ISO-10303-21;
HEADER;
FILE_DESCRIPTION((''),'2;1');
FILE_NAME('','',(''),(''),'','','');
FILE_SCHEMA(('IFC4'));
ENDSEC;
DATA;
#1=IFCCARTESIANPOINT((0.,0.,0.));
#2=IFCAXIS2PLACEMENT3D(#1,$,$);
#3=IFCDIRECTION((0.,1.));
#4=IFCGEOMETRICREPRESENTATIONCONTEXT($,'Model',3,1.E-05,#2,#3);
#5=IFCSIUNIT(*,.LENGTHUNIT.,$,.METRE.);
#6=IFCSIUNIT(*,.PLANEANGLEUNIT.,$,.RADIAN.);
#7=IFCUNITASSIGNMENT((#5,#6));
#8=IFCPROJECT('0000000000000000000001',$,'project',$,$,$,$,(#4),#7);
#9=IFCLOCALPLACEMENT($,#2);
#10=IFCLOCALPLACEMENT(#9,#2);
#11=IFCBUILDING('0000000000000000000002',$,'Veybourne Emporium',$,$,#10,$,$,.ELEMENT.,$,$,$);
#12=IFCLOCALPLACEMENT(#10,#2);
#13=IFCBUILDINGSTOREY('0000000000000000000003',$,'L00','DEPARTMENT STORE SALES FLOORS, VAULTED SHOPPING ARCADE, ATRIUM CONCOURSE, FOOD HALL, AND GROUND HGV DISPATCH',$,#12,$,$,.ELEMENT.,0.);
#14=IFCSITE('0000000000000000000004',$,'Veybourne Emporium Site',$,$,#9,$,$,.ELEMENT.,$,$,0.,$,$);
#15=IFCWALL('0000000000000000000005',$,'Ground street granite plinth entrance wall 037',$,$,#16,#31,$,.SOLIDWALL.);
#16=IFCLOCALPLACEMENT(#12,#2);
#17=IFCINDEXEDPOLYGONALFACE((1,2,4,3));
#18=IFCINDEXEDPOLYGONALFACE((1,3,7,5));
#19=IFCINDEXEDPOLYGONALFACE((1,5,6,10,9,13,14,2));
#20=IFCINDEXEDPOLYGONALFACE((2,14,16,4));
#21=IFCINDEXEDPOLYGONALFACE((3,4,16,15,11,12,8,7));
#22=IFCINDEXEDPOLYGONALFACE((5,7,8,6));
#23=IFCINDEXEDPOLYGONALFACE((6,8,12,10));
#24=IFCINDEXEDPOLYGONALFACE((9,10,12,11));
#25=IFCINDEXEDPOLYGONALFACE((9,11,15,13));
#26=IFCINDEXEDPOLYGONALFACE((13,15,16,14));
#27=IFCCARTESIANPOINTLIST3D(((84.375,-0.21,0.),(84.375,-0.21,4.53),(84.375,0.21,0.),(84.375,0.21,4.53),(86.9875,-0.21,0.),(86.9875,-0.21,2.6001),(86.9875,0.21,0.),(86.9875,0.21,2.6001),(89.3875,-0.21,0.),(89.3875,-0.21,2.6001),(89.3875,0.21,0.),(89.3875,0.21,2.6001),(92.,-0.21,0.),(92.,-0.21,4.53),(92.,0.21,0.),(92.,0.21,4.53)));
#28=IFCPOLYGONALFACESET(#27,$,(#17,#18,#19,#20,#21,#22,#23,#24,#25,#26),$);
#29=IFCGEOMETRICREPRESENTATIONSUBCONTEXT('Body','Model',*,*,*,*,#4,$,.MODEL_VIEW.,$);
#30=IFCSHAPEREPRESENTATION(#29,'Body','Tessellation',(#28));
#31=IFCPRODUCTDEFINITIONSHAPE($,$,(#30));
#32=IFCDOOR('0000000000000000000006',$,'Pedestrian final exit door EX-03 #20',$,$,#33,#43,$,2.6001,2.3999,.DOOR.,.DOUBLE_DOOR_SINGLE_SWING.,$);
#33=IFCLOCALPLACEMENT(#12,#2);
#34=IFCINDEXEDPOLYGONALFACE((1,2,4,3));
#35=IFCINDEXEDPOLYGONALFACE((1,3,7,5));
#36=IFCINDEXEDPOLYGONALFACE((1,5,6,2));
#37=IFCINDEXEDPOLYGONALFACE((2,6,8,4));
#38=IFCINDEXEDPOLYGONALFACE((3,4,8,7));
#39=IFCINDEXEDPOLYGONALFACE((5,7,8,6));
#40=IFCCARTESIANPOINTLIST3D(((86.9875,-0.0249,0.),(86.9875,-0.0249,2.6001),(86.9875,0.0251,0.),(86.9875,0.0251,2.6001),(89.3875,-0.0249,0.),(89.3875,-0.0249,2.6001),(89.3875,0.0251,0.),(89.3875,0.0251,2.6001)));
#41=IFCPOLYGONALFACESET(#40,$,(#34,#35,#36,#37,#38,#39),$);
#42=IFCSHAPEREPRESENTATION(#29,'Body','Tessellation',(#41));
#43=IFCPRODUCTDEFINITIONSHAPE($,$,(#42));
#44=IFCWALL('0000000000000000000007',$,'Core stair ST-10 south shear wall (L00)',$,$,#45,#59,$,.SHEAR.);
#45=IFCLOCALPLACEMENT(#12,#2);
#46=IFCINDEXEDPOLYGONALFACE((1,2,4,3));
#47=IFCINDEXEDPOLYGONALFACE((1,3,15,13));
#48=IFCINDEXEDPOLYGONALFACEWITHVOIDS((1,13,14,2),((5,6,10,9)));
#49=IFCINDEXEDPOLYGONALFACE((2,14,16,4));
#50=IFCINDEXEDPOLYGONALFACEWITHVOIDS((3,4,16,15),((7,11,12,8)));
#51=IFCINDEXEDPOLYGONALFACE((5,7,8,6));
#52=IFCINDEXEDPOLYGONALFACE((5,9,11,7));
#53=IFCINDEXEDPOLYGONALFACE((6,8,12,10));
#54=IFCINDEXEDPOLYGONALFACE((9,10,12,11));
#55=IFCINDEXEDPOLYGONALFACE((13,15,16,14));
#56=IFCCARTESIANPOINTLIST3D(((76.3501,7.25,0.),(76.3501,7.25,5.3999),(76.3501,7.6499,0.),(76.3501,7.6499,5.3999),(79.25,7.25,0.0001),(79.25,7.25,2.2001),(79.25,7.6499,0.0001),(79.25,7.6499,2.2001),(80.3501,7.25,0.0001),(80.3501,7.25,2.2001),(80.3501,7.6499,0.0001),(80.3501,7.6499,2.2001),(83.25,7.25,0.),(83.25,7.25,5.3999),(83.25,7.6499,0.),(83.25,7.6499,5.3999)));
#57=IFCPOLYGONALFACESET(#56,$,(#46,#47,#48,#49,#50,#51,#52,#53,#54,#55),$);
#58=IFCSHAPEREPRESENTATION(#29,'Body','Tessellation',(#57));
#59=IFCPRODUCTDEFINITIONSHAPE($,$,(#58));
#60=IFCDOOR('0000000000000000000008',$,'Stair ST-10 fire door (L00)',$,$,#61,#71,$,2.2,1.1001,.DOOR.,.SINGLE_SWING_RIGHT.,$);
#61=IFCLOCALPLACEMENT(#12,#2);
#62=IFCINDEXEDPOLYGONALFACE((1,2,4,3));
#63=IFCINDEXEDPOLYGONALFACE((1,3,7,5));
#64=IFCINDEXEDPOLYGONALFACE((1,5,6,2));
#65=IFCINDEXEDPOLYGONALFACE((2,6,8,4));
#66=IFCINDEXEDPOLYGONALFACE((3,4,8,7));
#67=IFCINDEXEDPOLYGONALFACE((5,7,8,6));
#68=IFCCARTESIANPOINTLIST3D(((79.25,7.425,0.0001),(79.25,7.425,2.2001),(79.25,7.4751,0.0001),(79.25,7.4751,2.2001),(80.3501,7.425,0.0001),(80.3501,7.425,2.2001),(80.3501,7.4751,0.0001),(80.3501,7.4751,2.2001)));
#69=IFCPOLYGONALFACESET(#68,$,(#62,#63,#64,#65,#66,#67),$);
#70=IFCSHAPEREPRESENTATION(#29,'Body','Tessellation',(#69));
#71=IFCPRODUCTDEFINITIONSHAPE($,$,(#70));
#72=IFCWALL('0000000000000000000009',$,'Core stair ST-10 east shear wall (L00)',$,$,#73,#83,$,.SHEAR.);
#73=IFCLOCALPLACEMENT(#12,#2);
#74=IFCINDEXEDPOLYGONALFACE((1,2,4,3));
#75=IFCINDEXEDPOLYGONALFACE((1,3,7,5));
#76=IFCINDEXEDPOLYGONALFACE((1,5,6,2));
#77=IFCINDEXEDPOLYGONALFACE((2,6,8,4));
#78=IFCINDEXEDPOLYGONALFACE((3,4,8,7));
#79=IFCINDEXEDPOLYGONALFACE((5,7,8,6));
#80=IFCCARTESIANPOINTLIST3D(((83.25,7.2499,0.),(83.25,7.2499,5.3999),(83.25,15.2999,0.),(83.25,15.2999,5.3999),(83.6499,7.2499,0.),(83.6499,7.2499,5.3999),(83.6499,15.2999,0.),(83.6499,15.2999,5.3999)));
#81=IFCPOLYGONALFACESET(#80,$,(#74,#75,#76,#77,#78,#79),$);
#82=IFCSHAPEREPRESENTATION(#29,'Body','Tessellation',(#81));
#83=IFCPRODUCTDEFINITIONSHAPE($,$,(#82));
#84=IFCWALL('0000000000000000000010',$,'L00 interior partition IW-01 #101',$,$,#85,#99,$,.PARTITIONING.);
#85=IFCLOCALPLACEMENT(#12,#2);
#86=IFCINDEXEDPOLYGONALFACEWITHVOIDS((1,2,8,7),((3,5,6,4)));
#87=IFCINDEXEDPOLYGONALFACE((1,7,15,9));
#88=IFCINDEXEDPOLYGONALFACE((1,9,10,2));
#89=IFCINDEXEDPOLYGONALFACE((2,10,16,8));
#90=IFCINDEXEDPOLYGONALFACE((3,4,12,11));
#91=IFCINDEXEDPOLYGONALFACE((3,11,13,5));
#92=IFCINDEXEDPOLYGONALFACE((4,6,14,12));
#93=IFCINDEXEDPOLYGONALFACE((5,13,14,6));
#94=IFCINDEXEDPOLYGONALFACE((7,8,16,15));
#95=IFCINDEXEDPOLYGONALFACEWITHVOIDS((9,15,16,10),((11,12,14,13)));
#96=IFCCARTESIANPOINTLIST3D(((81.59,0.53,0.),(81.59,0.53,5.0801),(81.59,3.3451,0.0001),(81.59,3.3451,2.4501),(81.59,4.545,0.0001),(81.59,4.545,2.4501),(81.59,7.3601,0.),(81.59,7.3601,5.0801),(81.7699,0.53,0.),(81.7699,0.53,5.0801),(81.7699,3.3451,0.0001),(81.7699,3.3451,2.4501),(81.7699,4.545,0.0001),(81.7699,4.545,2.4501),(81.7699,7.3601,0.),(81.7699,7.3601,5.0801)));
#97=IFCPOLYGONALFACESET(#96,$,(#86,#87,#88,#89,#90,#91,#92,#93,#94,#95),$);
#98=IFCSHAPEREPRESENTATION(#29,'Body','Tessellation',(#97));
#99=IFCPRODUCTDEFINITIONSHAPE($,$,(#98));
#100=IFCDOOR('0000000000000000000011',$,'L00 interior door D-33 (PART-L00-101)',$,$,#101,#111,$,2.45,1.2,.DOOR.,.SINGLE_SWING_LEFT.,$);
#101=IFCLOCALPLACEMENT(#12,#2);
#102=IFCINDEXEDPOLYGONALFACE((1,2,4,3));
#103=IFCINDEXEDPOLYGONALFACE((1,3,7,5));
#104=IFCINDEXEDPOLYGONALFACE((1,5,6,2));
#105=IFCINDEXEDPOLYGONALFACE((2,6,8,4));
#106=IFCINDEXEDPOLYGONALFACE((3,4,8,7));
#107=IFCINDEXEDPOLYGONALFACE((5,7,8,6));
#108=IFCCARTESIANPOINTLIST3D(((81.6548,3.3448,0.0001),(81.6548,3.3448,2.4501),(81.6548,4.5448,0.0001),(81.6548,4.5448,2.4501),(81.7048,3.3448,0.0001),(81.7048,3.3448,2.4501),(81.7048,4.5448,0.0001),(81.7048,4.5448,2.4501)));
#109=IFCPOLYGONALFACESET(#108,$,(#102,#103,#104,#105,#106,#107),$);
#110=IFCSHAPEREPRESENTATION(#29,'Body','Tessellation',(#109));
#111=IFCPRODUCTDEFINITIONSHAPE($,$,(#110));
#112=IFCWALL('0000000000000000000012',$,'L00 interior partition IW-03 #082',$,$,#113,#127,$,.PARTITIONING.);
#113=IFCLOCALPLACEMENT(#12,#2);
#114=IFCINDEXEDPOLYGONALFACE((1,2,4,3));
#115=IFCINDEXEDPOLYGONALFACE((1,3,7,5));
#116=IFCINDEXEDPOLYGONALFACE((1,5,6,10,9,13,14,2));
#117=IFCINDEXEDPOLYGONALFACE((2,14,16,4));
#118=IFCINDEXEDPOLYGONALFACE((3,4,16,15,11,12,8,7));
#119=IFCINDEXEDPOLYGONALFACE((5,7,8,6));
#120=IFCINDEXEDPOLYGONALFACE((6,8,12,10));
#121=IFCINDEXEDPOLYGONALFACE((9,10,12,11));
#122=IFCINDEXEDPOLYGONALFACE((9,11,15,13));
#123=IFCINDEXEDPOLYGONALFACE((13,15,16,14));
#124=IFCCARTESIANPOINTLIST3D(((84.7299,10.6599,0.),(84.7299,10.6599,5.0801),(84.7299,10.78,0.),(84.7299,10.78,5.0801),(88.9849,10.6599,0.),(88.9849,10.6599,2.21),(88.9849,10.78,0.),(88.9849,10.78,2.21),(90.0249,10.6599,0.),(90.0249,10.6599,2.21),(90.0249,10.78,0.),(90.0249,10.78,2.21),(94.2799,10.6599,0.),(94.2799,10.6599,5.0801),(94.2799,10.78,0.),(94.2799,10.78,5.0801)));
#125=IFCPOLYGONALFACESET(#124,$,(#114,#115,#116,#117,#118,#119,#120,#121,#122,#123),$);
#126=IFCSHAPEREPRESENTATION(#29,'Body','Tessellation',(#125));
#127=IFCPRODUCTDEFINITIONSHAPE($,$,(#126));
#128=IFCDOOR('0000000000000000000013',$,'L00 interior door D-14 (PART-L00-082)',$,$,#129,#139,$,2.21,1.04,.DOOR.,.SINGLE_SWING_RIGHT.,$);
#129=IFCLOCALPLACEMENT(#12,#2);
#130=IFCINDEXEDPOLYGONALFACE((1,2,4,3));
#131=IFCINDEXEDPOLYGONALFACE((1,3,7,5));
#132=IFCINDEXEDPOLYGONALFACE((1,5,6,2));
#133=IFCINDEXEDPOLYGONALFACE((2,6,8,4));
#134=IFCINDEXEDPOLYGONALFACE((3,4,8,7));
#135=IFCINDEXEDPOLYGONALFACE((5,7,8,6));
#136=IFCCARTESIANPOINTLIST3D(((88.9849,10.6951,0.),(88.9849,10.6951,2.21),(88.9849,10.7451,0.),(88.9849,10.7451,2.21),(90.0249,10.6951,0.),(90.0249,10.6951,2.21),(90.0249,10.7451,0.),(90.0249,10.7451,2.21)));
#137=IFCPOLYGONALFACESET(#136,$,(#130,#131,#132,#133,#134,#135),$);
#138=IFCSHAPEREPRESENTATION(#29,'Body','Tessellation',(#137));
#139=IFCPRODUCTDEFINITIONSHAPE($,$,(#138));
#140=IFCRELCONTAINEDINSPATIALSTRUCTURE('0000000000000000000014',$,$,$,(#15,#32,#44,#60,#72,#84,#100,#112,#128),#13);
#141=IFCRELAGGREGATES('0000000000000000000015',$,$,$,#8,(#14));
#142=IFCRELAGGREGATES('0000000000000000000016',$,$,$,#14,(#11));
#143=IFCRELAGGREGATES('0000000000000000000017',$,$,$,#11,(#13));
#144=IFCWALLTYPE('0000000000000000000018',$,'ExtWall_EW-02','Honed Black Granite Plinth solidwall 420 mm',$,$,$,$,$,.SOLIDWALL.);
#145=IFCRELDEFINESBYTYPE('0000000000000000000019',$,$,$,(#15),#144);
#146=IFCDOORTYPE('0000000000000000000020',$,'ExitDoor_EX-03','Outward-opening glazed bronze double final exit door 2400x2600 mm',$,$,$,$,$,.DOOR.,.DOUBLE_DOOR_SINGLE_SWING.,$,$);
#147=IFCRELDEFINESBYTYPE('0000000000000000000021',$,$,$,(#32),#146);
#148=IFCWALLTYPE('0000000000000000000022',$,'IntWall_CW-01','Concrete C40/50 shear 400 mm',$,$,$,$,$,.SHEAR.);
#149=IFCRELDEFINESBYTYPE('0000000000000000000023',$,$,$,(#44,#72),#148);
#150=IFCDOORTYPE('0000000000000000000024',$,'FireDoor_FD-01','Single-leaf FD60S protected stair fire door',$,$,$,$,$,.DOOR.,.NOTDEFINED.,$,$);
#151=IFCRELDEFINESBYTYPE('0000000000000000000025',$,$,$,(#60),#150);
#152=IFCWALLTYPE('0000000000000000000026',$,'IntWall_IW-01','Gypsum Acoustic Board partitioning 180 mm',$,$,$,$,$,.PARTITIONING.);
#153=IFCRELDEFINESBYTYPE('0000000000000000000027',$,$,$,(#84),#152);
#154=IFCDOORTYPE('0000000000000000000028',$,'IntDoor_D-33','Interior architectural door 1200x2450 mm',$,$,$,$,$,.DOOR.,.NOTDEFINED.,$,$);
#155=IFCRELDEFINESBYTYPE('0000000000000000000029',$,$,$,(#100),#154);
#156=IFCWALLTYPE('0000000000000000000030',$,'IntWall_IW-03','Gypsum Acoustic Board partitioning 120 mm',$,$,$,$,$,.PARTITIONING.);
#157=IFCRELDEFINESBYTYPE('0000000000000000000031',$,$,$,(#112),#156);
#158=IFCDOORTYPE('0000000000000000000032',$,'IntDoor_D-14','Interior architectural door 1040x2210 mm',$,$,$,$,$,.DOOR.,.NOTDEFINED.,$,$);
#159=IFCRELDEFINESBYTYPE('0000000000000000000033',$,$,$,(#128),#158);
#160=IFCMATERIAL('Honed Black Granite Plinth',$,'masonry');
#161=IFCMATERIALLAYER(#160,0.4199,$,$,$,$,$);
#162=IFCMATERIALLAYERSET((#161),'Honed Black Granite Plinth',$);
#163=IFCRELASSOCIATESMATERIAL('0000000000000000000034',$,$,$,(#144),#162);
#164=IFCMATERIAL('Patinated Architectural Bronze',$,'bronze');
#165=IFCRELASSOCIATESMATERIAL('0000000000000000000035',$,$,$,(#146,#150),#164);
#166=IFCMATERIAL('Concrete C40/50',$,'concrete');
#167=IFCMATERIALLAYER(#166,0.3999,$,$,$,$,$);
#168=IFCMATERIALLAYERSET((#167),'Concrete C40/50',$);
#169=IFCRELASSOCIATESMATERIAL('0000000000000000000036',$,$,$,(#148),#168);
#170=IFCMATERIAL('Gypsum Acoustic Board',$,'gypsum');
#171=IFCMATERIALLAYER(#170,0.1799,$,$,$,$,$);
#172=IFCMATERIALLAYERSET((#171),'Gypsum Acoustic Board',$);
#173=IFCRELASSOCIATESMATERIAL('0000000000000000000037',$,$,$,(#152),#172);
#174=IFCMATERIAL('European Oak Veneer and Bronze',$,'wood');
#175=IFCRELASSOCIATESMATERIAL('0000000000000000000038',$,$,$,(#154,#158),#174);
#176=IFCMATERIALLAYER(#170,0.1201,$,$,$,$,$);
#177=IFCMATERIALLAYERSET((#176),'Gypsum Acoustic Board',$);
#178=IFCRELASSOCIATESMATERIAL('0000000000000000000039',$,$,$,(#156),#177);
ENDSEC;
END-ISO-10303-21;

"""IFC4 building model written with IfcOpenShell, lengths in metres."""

from ifc_helpers import new_model, si_unit, direction, frame, frame_2d, origin, place, context, subcontext, project, spatial, rectangle, extrude, material, layer, layer_set, type_object, element, fill, save


model = new_model("IFC4")

# Units and contexts
model_context = context("Model", 3, precision=1e-05, world=origin(), true_north=direction((0.0, 1.0)))
body_context = subcontext(model_context, "Body", "Model", "MODEL_VIEW")
ifc_project = project(units=[si_unit("LENGTHUNIT", "METRE"), si_unit("PLANEANGLEUNIT", "RADIAN")], contexts=[model_context])

# Site, building, storey
site_placement = place(None, origin())
site = spatial("IfcSite", under=ifc_project, at=site_placement, Name="Veybourne Emporium Site", CompositionType="ELEMENT", RefElevation=0.0)
building_placement = place(site_placement, origin())
building = spatial("IfcBuilding", under=site, at=building_placement, Name="Veybourne Emporium", CompositionType="ELEMENT")
storey_placement = place(building_placement, origin())
storey = spatial("IfcBuildingStorey", under=building, at=storey_placement, Name="L00", Description="DEPARTMENT STORE SALES FLOORS, VAULTED SHOPPING ARCADE, ATRIUM CONCOURSE, FOOD HALL, AND GROUND HGV DISPATCH", CompositionType="ELEMENT", Elevation=0.0)

# Shared definitions
ifc_material_1 = material(Name="Concrete C40/50", Category="concrete")

# Walls, openings, doors
ifc_material_2 = material(Name="Honed Black Granite Plinth", Category="masonry")
ifc_layer_1 = layer(ifc_material_2, 0.4199)
ifc_layer_set_1 = layer_set([ifc_layer_1], Name="Honed Black Granite Plinth")
wall_type_1 = type_object("IfcWallType", Name="ExtWall_EW-02", Description="Honed Black Granite Plinth solidwall 420 mm", PredefinedType="SOLIDWALL", material=ifc_layer_set_1)
ifc_material_3 = material(Name="Patinated Architectural Bronze", Category="bronze")
wall_1_placement = place(storey_placement, frame((92.0, 0.0, 0.0), z_axis=(0.0, 0.0, 1.0), x_axis=(-1.0, 0.0, 0.0)))
wall_1 = element("IfcWall", 1, at=wall_1_placement, inside=storey, type_object=wall_type_1, Name="Ground street granite plinth entrance wall 037", PredefinedType="SOLIDWALL", context=body_context, shape_type="SweptSolid", body=[
    extrude(rectangle(XDim=7.625, YDim=0.4199, at=frame_2d((3.8125, 0.0))), origin(), (0.0, 0.0, 1.0), 4.53),
])
opening_1_placement = place(wall_1_placement, frame((2.6125, 0.0, 0.0)))
opening_1 = element("IfcOpeningElement", 2, at=opening_1_placement, cuts=wall_1, PredefinedType="OPENING", context=body_context, shape_type="SweptSolid", body=[
    extrude(rectangle(XDim=2.3999, YDim=2.6001, at=frame_2d((1.2, 1.3))), frame((0.0, 0.23, 0.0), z_axis=(0.0, -1.0, 0.0), x_axis=(1.0, 0.0, 0.0)), (0.0, 0.0, 1.0), 0.46),
])
door_type_1 = type_object("IfcDoorType", Name="ExitDoor_EX-03", Description="Outward-opening glazed bronze double final exit door 2400x2600 mm", OperationType="DOUBLE_DOOR_SINGLE_SWING", PredefinedType="DOOR", material=ifc_material_3)
door_1_placement = place(opening_1_placement, origin())
door_1 = element("IfcDoor", 3, at=door_1_placement, inside=storey, type_object=door_type_1, Name="Pedestrian final exit door EX-03 #20", OperationType="DOUBLE_DOOR_SINGLE_SWING", OverallHeight=2.6001, OverallWidth=2.3999, PredefinedType="DOOR", context=body_context, shape_type="SweptSolid", body=[
    extrude(rectangle(XDim=2.3999, YDim=2.6001, at=frame_2d((1.2, 1.3))), frame((0.0, 0.0249, 0.0), z_axis=(0.0, -1.0, 0.0), x_axis=(1.0, 0.0, 0.0)), (0.0, 0.0, 1.0), 0.05),
])
fill(opening_1, door_1)
ifc_layer_2 = layer(ifc_material_1, 0.3999)
ifc_layer_set_2 = layer_set([ifc_layer_2], Name="Concrete C40/50")
wall_type_2 = type_object("IfcWallType", Name="IntWall_CW-01", Description="Concrete C40/50 shear 400 mm", PredefinedType="SHEAR", material=ifc_layer_set_2)
wall_2_placement = place(storey_placement, frame((83.25, 7.45, 0.0), z_axis=(0.0, 0.0, 1.0), x_axis=(-1.0, 0.0, 0.0)))
wall_2 = element("IfcWall", 4, at=wall_2_placement, inside=storey, type_object=wall_type_2, Name="Core stair ST-10 south shear wall (L00)", PredefinedType="SHEAR", context=body_context, shape_type="SweptSolid", body=[
    extrude(rectangle(XDim=6.8999, YDim=0.3999, at=frame_2d((3.45, 0.0))), origin(), (0.0, 0.0, 1.0), 5.3999),
])
opening_2_placement = place(wall_2_placement, frame((2.8999, 0.0, 0.0)))
opening_2 = element("IfcOpeningElement", 5, at=opening_2_placement, cuts=wall_2, PredefinedType="OPENING", context=body_context, shape_type="SweptSolid", body=[
    extrude(rectangle(XDim=1.1001, YDim=2.2, at=frame_2d((0.55, 1.1001))), frame((0.0, 0.22, 0.0), z_axis=(0.0, -1.0, 0.0), x_axis=(1.0, 0.0, 0.0)), (0.0, 0.0, 1.0), 0.4399),
])
door_type_2 = type_object("IfcDoorType", Name="FireDoor_FD-01", Description="Single-leaf FD60S protected stair fire door", OperationType="NOTDEFINED", PredefinedType="DOOR", material=ifc_material_3)
door_2_placement = place(opening_2_placement, origin())
door_2 = element("IfcDoor", 6, at=door_2_placement, inside=storey, type_object=door_type_2, Name="Stair ST-10 fire door (L00)", OperationType="SINGLE_SWING_RIGHT", OverallHeight=2.2, OverallWidth=1.1001, PredefinedType="DOOR", context=body_context, shape_type="SweptSolid", body=[
    extrude(rectangle(XDim=1.1001, YDim=2.2, at=frame_2d((0.55, 1.1001))), frame((0.0, 0.0249, 0.0), z_axis=(0.0, -1.0, 0.0), x_axis=(1.0, 0.0, 0.0)), (0.0, 0.0, 1.0), 0.05),
])
fill(opening_2, door_2)

# Wall
wall_3_placement = place(storey_placement, frame((83.45, 7.25, 0.0), z_axis=(0.0, 0.0, 1.0), x_axis=(0.0, 1.0, 0.0)))
element("IfcWall", 7, at=wall_3_placement, inside=storey, type_object=wall_type_2, Name="Core stair ST-10 east shear wall (L00)", PredefinedType="SHEAR", context=body_context, shape_type="SweptSolid", body=[
    extrude(rectangle(XDim=8.05, YDim=0.3999, at=frame_2d((4.0249, 0.0))), origin(), (0.0, 0.0, 1.0), 5.3999),
])

# Walls, openings, doors
ifc_material_4 = material(Name="Gypsum Acoustic Board", Category="gypsum")
ifc_layer_3 = layer(ifc_material_4, 0.1799)
ifc_layer_set_3 = layer_set([ifc_layer_3], Name="Gypsum Acoustic Board")
wall_type_3 = type_object("IfcWallType", Name="IntWall_IW-01", Description="Gypsum Acoustic Board partitioning 180 mm", PredefinedType="PARTITIONING", material=ifc_layer_set_3)
wall_4_placement = place(storey_placement, frame((81.6799, 0.53, 0.0), z_axis=(0.0, 0.0, 1.0), x_axis=(0.0, 1.0, 0.0)))
wall_4 = element("IfcWall", 8, at=wall_4_placement, inside=storey, type_object=wall_type_3, Name="L00 interior partition IW-01 #101", PredefinedType="PARTITIONING", context=body_context, shape_type="SweptSolid", body=[
    extrude(rectangle(XDim=6.8301, YDim=0.1799, at=frame_2d((3.415, 0.0))), origin(), (0.0, 0.0, 1.0), 5.0801),
])
opening_3_placement = place(wall_4_placement, frame((2.8149, 0.0, 0.0)))
opening_3 = element("IfcOpeningElement", 9, at=opening_3_placement, cuts=wall_4, PredefinedType="OPENING", context=body_context, shape_type="SweptSolid", body=[
    extrude(rectangle(XDim=1.2, YDim=2.45, at=frame_2d((0.6001, 1.2251))), frame((0.0, 0.1099, 0.0), z_axis=(0.0, -1.0, 0.0), x_axis=(1.0, 0.0, 0.0)), (0.0, 0.0, 1.0), 0.22),
])
ifc_material_5 = material(Name="European Oak Veneer and Bronze", Category="wood")
door_type_3 = type_object("IfcDoorType", Name="IntDoor_D-33", Description="Interior architectural door 1200x2450 mm", OperationType="NOTDEFINED", PredefinedType="DOOR", material=ifc_material_5)
door_3_placement = place(opening_3_placement, frame((1.2, 0.0, 0.0), z_axis=(0.0, 0.0, 1.0), x_axis=(-1.0, 0.0, 0.0)))
door_3 = element("IfcDoor", 10, at=door_3_placement, inside=storey, type_object=door_type_3, Name="L00 interior door D-33 (PART-L00-101)", OperationType="SINGLE_SWING_LEFT", OverallHeight=2.45, OverallWidth=1.2, PredefinedType="DOOR", context=body_context, shape_type="SweptSolid", body=[
    extrude(rectangle(XDim=1.2, YDim=2.45, at=frame_2d((0.6001, 1.2251))), frame((0.0, 0.0249, 0.0), z_axis=(0.0, -1.0, 0.0), x_axis=(1.0, 0.0, 0.0)), (0.0, 0.0, 1.0), 0.05),
])
fill(opening_3, door_3)
ifc_layer_4 = layer(ifc_material_4, 0.1201)
ifc_layer_set_4 = layer_set([ifc_layer_4], Name="Gypsum Acoustic Board")
wall_type_4 = type_object("IfcWallType", Name="IntWall_IW-03", Description="Gypsum Acoustic Board partitioning 120 mm", PredefinedType="PARTITIONING", material=ifc_layer_set_4)
wall_5_placement = place(storey_placement, frame((84.73, 10.72, 0.0), z_axis=(0.0, 0.0, 1.0), x_axis=(1.0, 0.0, 0.0)))
wall_5 = element("IfcWall", 11, at=wall_5_placement, inside=storey, type_object=wall_type_4, Name="L00 interior partition IW-03 #082", PredefinedType="PARTITIONING", context=body_context, shape_type="SweptSolid", body=[
    extrude(rectangle(XDim=9.55, YDim=0.1201, at=frame_2d((4.7749, 0.0))), origin(), (0.0, 0.0, 1.0), 5.0801),
])
opening_4_placement = place(wall_5_placement, frame((4.2549, 0.0, 0.0)))
opening_4 = element("IfcOpeningElement", 12, at=opening_4_placement, cuts=wall_5, PredefinedType="OPENING", context=body_context, shape_type="SweptSolid", body=[
    extrude(rectangle(XDim=1.04, YDim=2.21, at=frame_2d((0.52, 1.105))), frame((0.0, 0.0801, 0.0), z_axis=(0.0, -1.0, 0.0), x_axis=(1.0, 0.0, 0.0)), (0.0, 0.0, 1.0), 0.1602),
])
door_type_4 = type_object("IfcDoorType", Name="IntDoor_D-14", Description="Interior architectural door 1040x2210 mm", OperationType="NOTDEFINED", PredefinedType="DOOR", material=ifc_material_5)
door_4_placement = place(opening_4_placement, frame((1.04, 0.0, 0.0), z_axis=(0.0, 0.0, 1.0), x_axis=(-1.0, 0.0, 0.0)))
door_4 = element("IfcDoor", 13, at=door_4_placement, inside=storey, type_object=door_type_4, Name="L00 interior door D-14 (PART-L00-082)", OperationType="SINGLE_SWING_RIGHT", OverallHeight=2.21, OverallWidth=1.04, PredefinedType="DOOR", context=body_context, shape_type="SweptSolid", body=[
    extrude(rectangle(XDim=1.04, YDim=2.21, at=frame_2d((0.52, 1.105))), frame((0.0, 0.0249, 0.0), z_axis=(0.0, -1.0, 0.0), x_axis=(1.0, 0.0, 0.0)), (0.0, 0.0, 1.0), 0.05),
])
fill(opening_4, door_4)

save(model, "model.ifc")
